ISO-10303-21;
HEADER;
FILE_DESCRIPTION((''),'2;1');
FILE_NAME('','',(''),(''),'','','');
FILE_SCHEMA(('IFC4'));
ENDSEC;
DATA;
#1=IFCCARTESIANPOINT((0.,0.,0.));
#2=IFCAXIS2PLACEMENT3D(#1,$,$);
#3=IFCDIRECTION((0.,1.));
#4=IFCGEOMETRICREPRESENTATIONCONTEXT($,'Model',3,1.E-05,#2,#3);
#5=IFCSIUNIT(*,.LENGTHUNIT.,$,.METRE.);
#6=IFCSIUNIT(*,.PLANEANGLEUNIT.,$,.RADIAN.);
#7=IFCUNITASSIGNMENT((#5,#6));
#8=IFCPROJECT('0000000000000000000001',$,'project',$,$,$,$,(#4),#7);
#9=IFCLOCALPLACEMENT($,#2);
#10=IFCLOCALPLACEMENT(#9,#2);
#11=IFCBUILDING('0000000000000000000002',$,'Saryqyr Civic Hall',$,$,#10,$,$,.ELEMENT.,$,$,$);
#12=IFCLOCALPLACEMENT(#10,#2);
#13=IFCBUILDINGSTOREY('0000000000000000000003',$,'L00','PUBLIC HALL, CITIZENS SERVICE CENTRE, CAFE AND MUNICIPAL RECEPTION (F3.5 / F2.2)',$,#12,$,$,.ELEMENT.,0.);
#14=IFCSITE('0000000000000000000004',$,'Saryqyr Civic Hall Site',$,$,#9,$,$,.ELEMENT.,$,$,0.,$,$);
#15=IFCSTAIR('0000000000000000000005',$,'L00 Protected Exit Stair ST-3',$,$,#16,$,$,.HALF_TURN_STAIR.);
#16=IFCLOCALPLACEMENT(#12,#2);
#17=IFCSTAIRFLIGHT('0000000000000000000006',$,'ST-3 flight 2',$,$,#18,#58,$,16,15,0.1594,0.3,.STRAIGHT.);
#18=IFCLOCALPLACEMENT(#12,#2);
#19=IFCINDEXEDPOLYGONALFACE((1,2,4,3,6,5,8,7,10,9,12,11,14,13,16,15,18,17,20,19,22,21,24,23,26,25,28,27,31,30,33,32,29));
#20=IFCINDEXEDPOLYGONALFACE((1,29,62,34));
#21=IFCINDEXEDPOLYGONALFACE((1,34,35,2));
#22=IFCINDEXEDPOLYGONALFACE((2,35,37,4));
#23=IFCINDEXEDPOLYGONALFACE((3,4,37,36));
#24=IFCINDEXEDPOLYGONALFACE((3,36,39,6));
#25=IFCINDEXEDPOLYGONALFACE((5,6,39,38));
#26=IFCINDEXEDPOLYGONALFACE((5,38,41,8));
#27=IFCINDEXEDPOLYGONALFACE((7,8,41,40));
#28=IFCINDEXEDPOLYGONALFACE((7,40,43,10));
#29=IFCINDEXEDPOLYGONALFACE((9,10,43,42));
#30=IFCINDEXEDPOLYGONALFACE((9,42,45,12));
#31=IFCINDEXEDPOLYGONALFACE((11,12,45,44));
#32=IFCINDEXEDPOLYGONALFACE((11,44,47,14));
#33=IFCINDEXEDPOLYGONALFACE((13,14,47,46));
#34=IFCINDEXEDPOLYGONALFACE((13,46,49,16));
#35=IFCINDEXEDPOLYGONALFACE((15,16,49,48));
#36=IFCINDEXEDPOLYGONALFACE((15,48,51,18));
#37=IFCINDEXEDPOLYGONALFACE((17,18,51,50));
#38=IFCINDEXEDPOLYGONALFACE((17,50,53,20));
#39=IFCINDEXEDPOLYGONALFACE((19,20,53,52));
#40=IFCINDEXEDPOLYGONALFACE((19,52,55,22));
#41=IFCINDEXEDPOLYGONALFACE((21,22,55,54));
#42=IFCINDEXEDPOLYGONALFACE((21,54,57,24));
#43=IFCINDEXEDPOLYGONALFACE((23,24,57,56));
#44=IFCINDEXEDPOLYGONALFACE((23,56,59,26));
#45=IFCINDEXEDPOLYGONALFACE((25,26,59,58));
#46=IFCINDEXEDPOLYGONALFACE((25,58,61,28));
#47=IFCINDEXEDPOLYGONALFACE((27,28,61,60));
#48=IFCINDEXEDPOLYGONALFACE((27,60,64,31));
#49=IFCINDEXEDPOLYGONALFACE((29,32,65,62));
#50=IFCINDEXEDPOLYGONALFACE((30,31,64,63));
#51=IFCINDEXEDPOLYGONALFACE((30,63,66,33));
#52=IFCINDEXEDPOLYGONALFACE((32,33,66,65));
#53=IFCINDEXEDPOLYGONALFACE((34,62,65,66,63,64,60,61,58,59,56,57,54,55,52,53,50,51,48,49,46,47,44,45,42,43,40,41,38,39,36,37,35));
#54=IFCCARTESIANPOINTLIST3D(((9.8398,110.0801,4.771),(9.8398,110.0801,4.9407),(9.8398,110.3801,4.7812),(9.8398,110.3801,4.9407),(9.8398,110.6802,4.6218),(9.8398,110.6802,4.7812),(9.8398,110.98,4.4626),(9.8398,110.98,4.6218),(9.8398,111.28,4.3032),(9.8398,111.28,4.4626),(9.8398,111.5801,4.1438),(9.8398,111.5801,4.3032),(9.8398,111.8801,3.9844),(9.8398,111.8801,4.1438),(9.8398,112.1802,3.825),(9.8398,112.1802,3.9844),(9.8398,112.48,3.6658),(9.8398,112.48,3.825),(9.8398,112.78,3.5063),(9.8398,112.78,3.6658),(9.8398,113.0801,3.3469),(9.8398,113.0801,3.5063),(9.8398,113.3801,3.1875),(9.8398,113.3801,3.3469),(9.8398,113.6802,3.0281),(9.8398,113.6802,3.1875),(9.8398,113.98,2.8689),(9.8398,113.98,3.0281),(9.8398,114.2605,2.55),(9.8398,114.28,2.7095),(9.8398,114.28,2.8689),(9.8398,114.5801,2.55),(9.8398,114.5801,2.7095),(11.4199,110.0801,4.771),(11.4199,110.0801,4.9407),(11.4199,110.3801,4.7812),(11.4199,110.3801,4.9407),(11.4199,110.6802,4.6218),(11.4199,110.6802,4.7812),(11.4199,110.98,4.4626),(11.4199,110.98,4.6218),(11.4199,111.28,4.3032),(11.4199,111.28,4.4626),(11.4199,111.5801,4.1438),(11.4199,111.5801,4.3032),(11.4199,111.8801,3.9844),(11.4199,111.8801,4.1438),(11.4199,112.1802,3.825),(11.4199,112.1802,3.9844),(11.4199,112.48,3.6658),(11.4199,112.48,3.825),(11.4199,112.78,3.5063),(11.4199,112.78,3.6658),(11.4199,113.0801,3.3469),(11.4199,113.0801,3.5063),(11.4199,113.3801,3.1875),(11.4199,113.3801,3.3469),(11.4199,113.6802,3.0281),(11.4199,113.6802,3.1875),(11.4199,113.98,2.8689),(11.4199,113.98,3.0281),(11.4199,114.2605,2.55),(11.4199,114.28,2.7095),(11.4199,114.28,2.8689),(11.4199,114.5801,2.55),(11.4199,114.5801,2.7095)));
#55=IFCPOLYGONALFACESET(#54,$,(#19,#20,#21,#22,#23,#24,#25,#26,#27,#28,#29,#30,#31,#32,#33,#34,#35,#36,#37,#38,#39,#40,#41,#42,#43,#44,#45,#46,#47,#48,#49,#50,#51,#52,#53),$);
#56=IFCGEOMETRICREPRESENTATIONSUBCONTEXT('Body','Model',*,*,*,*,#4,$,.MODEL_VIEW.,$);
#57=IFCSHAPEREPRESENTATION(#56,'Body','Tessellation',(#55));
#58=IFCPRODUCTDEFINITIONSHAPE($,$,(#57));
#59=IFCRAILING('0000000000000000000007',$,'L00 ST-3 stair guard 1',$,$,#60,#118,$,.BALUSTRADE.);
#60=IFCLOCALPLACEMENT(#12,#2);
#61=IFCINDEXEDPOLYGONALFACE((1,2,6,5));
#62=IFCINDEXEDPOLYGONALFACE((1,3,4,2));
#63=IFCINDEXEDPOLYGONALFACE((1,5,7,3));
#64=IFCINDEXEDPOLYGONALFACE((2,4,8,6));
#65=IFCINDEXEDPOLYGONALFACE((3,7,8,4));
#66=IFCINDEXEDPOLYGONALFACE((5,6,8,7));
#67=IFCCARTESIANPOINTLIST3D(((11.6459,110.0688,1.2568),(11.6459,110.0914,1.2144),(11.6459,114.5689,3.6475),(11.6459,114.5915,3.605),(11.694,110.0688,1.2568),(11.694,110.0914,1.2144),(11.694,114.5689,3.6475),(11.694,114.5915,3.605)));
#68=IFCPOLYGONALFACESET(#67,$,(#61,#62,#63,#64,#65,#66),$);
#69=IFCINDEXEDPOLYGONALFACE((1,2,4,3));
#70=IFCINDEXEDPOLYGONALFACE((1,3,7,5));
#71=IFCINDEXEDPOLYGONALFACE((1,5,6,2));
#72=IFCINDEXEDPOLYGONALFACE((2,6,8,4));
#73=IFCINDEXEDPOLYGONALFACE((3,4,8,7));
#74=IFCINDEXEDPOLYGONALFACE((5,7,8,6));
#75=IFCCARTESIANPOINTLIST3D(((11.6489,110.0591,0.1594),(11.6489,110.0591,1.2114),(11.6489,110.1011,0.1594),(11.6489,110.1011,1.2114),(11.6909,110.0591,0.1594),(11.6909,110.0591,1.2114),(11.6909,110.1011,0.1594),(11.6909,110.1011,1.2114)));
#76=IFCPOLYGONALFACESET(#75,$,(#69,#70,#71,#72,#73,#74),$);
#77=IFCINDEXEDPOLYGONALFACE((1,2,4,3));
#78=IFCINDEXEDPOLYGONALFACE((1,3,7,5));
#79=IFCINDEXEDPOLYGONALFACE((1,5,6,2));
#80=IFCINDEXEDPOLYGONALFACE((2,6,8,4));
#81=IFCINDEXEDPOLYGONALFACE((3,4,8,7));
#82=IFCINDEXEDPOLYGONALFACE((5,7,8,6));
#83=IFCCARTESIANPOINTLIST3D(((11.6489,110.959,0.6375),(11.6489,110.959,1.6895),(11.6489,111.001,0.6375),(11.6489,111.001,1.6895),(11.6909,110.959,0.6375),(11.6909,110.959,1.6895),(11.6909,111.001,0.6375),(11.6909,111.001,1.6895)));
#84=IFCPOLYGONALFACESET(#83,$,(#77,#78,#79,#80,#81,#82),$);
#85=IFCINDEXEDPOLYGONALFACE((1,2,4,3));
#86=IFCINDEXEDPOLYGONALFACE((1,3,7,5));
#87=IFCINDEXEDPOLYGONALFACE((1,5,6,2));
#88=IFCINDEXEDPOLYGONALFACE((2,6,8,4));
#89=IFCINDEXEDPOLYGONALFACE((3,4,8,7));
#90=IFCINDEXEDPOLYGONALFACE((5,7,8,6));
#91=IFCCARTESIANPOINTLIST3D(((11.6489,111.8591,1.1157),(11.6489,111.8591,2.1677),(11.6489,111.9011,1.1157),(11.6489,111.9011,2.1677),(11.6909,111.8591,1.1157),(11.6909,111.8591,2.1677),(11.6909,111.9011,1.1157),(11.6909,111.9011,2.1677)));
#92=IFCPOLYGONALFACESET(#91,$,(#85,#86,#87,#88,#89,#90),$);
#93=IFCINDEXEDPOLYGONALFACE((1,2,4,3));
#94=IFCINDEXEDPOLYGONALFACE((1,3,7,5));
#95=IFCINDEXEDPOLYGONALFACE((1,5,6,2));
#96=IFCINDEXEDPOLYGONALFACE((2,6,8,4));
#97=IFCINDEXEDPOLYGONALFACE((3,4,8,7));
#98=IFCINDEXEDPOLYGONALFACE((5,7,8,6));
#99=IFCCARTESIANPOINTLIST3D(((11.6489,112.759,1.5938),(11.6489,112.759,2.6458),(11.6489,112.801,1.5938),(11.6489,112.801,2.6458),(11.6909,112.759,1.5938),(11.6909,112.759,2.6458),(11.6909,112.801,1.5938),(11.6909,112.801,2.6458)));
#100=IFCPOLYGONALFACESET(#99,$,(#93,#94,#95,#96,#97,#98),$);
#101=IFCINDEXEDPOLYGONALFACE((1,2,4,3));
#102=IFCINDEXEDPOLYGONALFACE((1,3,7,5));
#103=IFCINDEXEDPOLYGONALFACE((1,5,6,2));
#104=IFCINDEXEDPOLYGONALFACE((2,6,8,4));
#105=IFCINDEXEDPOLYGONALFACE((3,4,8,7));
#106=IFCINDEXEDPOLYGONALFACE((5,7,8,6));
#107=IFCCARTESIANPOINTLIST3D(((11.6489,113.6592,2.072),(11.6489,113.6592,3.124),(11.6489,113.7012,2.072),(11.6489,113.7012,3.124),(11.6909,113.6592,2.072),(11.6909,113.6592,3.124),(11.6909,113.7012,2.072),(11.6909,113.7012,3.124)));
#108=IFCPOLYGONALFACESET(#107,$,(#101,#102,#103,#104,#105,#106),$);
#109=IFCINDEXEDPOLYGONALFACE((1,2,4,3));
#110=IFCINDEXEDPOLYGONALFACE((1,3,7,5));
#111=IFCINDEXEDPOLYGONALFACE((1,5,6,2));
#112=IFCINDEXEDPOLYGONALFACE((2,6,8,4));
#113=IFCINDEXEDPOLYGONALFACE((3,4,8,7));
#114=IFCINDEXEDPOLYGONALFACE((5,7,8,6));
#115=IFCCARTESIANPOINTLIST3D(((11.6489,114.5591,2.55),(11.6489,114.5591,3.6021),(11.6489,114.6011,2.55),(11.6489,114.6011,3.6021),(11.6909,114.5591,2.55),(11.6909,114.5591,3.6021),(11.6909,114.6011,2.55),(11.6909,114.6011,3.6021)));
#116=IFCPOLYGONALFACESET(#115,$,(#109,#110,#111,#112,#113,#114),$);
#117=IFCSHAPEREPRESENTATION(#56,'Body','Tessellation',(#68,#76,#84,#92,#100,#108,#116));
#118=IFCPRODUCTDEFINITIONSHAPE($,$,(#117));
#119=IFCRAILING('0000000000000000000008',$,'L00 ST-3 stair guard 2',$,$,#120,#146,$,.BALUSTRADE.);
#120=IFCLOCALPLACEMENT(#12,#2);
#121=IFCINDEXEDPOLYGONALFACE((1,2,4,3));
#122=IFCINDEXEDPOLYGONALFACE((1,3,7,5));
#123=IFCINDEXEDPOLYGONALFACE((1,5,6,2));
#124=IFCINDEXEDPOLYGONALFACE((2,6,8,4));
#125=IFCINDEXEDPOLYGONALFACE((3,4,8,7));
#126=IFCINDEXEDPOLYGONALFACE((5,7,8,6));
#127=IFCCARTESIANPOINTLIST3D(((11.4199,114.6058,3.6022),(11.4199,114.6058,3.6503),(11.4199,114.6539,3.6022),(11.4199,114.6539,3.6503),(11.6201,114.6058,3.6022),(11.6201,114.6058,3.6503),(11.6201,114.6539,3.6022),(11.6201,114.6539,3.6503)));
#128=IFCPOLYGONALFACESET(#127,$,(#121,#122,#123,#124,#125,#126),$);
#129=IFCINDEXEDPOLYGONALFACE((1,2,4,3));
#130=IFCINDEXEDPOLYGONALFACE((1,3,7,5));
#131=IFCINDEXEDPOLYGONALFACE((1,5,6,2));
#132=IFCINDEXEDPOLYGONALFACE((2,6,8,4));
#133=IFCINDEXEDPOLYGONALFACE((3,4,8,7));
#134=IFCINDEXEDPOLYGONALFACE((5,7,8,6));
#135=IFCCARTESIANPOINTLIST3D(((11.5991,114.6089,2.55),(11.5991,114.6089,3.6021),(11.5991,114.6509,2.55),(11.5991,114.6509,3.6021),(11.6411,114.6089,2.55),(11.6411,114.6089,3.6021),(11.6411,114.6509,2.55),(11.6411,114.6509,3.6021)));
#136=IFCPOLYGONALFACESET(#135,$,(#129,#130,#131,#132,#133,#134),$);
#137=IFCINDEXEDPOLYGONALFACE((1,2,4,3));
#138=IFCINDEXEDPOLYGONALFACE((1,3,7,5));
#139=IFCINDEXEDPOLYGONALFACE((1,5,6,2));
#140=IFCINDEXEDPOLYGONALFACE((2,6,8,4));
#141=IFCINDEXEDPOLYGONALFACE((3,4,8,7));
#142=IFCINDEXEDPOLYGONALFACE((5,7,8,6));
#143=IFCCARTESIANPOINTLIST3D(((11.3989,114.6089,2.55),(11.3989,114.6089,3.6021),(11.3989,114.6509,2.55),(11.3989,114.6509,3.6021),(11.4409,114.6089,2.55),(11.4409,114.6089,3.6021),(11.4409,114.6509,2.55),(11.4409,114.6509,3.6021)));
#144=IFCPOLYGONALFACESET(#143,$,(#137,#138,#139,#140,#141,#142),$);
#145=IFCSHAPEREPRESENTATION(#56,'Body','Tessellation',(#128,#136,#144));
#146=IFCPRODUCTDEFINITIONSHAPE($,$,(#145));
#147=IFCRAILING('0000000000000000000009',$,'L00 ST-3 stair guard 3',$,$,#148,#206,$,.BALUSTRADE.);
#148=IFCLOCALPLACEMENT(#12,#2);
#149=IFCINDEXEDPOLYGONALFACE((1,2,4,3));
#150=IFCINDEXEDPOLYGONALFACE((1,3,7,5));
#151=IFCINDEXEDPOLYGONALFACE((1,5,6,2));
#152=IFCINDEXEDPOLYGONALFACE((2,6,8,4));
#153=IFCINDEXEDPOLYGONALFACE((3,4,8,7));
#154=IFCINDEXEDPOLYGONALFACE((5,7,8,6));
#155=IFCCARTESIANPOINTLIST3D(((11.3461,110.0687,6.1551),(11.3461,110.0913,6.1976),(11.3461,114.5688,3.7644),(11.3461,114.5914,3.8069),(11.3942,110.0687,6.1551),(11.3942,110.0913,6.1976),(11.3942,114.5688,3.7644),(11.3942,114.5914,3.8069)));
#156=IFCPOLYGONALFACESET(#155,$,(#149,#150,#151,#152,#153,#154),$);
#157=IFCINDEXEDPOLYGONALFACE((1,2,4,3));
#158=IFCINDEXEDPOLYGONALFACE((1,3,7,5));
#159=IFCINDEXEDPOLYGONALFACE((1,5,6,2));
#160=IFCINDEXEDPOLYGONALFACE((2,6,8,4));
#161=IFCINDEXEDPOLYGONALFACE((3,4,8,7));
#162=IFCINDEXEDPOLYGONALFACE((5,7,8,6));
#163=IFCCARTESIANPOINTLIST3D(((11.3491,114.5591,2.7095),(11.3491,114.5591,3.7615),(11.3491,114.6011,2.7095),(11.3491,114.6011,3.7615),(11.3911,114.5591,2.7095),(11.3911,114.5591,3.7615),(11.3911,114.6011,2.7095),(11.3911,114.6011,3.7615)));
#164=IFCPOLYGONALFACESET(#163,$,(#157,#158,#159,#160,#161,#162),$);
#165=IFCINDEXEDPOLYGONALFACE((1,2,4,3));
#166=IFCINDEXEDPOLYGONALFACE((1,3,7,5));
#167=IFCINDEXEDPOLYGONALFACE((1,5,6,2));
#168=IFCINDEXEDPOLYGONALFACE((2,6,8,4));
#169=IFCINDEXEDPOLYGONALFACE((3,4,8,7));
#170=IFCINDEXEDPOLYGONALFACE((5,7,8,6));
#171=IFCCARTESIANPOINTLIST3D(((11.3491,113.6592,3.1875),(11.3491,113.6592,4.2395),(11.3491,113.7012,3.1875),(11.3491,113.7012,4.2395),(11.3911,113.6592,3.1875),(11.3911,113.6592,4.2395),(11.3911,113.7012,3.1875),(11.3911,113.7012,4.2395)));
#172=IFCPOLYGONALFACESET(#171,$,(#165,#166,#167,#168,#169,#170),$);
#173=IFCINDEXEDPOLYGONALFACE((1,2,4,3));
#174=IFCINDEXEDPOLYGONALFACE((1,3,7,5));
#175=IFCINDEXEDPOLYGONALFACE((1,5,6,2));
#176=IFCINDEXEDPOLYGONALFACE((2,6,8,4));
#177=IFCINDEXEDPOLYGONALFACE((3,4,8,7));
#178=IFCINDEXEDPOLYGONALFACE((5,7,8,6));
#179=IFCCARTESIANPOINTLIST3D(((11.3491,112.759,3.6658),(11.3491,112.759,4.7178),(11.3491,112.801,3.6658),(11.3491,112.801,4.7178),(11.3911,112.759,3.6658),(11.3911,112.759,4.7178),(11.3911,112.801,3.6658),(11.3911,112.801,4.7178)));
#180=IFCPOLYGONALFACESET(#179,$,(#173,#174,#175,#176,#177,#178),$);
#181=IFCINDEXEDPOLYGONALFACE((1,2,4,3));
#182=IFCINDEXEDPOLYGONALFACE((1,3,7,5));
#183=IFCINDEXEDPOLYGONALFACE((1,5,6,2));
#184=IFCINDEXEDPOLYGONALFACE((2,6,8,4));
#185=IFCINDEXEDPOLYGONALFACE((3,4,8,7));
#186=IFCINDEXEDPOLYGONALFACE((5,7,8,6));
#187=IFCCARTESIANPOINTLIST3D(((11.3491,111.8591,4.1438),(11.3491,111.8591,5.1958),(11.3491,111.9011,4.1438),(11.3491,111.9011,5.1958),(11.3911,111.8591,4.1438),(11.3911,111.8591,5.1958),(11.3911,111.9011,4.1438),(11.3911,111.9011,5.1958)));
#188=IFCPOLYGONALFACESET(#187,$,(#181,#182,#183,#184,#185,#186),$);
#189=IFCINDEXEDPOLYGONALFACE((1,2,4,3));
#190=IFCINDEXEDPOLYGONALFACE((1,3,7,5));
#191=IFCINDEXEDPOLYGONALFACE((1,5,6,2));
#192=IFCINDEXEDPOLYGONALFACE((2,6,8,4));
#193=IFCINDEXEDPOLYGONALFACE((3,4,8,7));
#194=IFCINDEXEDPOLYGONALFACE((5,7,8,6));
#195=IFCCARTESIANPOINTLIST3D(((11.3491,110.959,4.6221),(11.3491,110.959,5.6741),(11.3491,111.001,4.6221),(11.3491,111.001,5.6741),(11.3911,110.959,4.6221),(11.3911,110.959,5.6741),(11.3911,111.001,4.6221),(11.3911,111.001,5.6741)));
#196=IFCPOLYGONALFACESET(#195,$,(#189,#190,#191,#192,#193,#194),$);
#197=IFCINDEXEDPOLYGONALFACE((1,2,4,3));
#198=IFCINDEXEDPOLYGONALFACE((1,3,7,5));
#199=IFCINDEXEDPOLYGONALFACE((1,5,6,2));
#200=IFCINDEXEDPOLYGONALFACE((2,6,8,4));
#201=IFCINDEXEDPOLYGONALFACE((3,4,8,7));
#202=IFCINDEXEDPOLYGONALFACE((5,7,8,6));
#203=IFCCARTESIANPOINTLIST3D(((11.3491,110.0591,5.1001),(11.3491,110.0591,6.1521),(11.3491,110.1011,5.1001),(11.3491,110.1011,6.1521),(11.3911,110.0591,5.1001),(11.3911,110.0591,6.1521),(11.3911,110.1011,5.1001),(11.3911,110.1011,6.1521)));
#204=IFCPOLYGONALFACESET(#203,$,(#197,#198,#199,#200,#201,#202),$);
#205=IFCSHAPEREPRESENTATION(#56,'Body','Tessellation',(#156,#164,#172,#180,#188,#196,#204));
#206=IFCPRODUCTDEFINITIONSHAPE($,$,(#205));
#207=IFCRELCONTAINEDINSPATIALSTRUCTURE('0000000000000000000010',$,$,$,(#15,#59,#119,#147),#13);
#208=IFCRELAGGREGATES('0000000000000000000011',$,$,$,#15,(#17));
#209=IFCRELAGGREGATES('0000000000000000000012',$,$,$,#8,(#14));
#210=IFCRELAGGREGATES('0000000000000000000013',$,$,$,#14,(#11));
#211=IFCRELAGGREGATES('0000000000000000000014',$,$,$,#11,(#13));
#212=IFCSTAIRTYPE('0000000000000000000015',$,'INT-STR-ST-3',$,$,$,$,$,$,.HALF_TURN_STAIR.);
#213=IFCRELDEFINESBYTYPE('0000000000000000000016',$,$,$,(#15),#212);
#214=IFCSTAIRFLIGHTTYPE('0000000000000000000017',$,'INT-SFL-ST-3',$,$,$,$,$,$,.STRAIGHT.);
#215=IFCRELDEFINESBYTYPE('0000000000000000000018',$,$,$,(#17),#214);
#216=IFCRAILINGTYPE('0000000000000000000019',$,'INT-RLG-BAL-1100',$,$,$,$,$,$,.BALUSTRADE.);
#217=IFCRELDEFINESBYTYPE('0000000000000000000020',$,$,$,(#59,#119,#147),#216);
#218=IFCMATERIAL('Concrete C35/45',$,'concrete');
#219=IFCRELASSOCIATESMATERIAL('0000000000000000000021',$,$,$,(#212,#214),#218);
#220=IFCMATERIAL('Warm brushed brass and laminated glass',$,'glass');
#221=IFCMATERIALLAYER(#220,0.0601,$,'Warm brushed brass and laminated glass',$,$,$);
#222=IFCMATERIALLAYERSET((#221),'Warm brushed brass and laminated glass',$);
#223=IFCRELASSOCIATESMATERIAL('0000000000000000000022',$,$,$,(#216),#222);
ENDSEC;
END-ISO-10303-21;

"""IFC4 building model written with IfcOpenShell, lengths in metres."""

from ifc_helpers import new_model, si_unit, direction, frame, origin, origin_2d, place, context, subcontext, project, spatial, polyline, rectangle, outline, extrude, material, layer, layer_set, type_object, element, aggregate, save


model = new_model("IFC4")

# Units and contexts
model_context = context("Model", 3, precision=1e-05, world=origin(), true_north=direction((0.0, 1.0)))
body_context = subcontext(model_context, "Body", "Model", "MODEL_VIEW")
ifc_project = project(units=[si_unit("LENGTHUNIT", "METRE"), si_unit("PLANEANGLEUNIT", "RADIAN")], contexts=[model_context])

# Site, building, storey
site_placement = place(None, origin())
site = spatial("IfcSite", under=ifc_project, at=site_placement, Name="Saryqyr Civic Hall Site", CompositionType="ELEMENT", RefElevation=0.0)
building_placement = place(site_placement, origin())
building = spatial("IfcBuilding", under=site, at=building_placement, Name="Saryqyr Civic Hall", CompositionType="ELEMENT")
storey_placement = place(building_placement, origin())
storey = spatial("IfcBuildingStorey", under=building, at=storey_placement, Name="L00", Description="PUBLIC HALL, CITIZENS SERVICE CENTRE, CAFE AND MUNICIPAL RECEPTION (F3.5 / F2.2)", CompositionType="ELEMENT", Elevation=0.0)

# Shared definitions
ifc_material_1 = material(Name="Concrete C35/45", Category="concrete")

# Stair, stair flight
stair_type = type_object("IfcStairType", Name="INT-STR-ST-3", PredefinedType="HALF_TURN_STAIR", material=ifc_material_1)
stair_placement = place(storey_placement, origin())
stair = element("IfcStair", 1, at=stair_placement, inside=storey, type_object=stair_type, Name="L00 Protected Exit Stair ST-3", PredefinedType="HALF_TURN_STAIR")
stair_flight_type = type_object("IfcStairFlightType", Name="INT-SFL-ST-3", PredefinedType="STRAIGHT", material=ifc_material_1)
stair_flight_1_placement = place(storey_placement, frame((10.6299, 114.5801, 2.55), z_axis=(0.0, 0.0, 1.0), x_axis=(0.0, -1.0, 0.0)))
stair_flight_1 = element("IfcStairFlight", 2, at=stair_flight_1_placement, type_object=stair_flight_type, Name="ST-3 flight 2", NumberOfRisers=16, NumberOfTreads=15, PredefinedType="STRAIGHT", RiserHeight=0.1594, TreadLength=0.3, context=body_context, shape_type="SweptSolid", body=[
    extrude(outline(polyline([(0.0, 0.0), (0.0, 0.1594), (0.3, 0.1594), (0.3, 0.3188), (0.6001, 0.3188), (0.6001, 0.478), (0.8999, 0.478), (0.8999, 0.6375), (1.2, 0.6375), (1.2, 0.7969), (1.5, 0.7969), (1.5, 0.9563), (1.8, 0.9563), (1.8, 1.1157), (2.1001, 1.1157), (2.1001, 1.2749), (2.3999, 1.2749), (2.3999, 1.4343), (2.7, 1.4343), (2.7, 1.5938), (3.0, 1.5938), (3.0, 1.7532), (3.3, 1.7532), (3.3, 1.9126), (3.6001, 1.9126), (3.6001, 2.0718), (3.8999, 2.0718), (3.8999, 2.2312), (4.2, 2.2312), (4.2, 2.3906), (4.5, 2.3906), (4.5, 2.55), (4.5, 2.2209), (0.3196, 0.0), (0.0, 0.0)])), frame((0.0, 0.79, 0.0), z_axis=(0.0, -1.0, 0.0), x_axis=(1.0, 0.0, 0.0)), (0.0, 0.0, 1.0), 1.5801),
])
aggregate(stair, [stair_flight_1])

# Railings
ifc_material_2 = material(Name="Warm brushed brass and laminated glass", Category="glass")
ifc_layer_1 = layer(ifc_material_2, 0.0601, Name="Warm brushed brass and laminated glass")
ifc_layer_set_1 = layer_set([ifc_layer_1], Name="Warm brushed brass and laminated glass")
railing_type_1 = type_object("IfcRailingType", Name="INT-RLG-BAL-1100", PredefinedType="BALUSTRADE", material=ifc_layer_set_1)
railing_1_placement = place(storey_placement, frame((11.6699, 110.0801, 0.1594)))
element("IfcRailing", 3, at=railing_1_placement, inside=storey, type_object=railing_type_1, Name="L00 ST-3 stair guard 1", PredefinedType="BALUSTRADE", context=body_context, shape_type="SweptSolid", body=[
    extrude(rectangle(XDim=0.0481, YDim=0.0481, at=origin_2d()), frame((0.0, 0.0, 1.0762), z_axis=(0.0, 0.883116, 0.469155), x_axis=(-1.0, 0.0, 0.0)), (0.0, 0.0, 1.0), 5.0957),
    extrude(rectangle(XDim=0.042, YDim=0.042, at=origin_2d()), origin(), (0.0, 0.0, 1.0), 1.052),
    extrude(rectangle(XDim=0.042, YDim=0.042, at=origin_2d()), frame((0.0, 0.8999, 0.478)), (0.0, 0.0, 1.0), 1.052),
    extrude(rectangle(XDim=0.042, YDim=0.042, at=origin_2d()), frame((0.0, 1.8, 0.9563)), (0.0, 0.0, 1.0), 1.052),
    extrude(rectangle(XDim=0.042, YDim=0.042, at=origin_2d()), frame((0.0, 2.7, 1.4343)), (0.0, 0.0, 1.0), 1.052),
    extrude(rectangle(XDim=0.042, YDim=0.042, at=origin_2d()), frame((0.0, 3.6001, 1.9126)), (0.0, 0.0, 1.0), 1.052),
    extrude(rectangle(XDim=0.042, YDim=0.042, at=origin_2d()), frame((0.0, 4.5, 2.3906)), (0.0, 0.0, 1.0), 1.052),
])
railing_2_placement = place(storey_placement, frame((11.6201, 114.6299, 2.55)))
element("IfcRailing", 4, at=railing_2_placement, inside=storey, type_object=railing_type_1, Name="L00 ST-3 stair guard 2", PredefinedType="BALUSTRADE", context=body_context, shape_type="SweptSolid", body=[
    extrude(rectangle(XDim=0.0481, YDim=0.0481, at=origin_2d()), frame((0.0, 0.0, 1.0762), z_axis=(-1.0, 0.0, 0.0), x_axis=(0.0, -1.0, 0.0)), (0.0, 0.0, 1.0), 0.2002),
    extrude(rectangle(XDim=0.042, YDim=0.042, at=origin_2d()), origin(), (0.0, 0.0, 1.0), 1.052),
    extrude(rectangle(XDim=0.042, YDim=0.042, at=origin_2d()), frame((-0.2002, 0.0, 0.0)), (0.0, 0.0, 1.0), 1.052),
])
railing_3_placement = place(storey_placement, frame((11.3701, 114.5801, 2.7095)))
element("IfcRailing", 5, at=railing_3_placement, inside=storey, type_object=railing_type_1, Name="L00 ST-3 stair guard 3", PredefinedType="BALUSTRADE", context=body_context, shape_type="SweptSolid", body=[
    extrude(rectangle(XDim=0.0481, YDim=0.0481, at=origin_2d()), frame((0.0, 0.0, 1.0762), z_axis=(0.0, -0.883116, 0.469155), x_axis=(1.0, 0.0, 0.0)), (0.0, 0.0, 1.0), 5.0957),
    extrude(rectangle(XDim=0.042, YDim=0.042, at=origin_2d()), origin(), (0.0, 0.0, 1.0), 1.052),
    extrude(rectangle(XDim=0.042, YDim=0.042, at=origin_2d()), frame((0.0, -0.8999, 0.478)), (0.0, 0.0, 1.0), 1.052),
    extrude(rectangle(XDim=0.042, YDim=0.042, at=origin_2d()), frame((0.0, -1.8, 0.9563)), (0.0, 0.0, 1.0), 1.052),
    extrude(rectangle(XDim=0.042, YDim=0.042, at=origin_2d()), frame((0.0, -2.7, 1.4343)), (0.0, 0.0, 1.0), 1.052),
    extrude(rectangle(XDim=0.042, YDim=0.042, at=origin_2d()), frame((0.0, -3.6001, 1.9126)), (0.0, 0.0, 1.0), 1.052),
    extrude(rectangle(XDim=0.042, YDim=0.042, at=origin_2d()), frame((0.0, -4.5, 2.3906)), (0.0, 0.0, 1.0), 1.052),
])

save(model, "model.ifc")
